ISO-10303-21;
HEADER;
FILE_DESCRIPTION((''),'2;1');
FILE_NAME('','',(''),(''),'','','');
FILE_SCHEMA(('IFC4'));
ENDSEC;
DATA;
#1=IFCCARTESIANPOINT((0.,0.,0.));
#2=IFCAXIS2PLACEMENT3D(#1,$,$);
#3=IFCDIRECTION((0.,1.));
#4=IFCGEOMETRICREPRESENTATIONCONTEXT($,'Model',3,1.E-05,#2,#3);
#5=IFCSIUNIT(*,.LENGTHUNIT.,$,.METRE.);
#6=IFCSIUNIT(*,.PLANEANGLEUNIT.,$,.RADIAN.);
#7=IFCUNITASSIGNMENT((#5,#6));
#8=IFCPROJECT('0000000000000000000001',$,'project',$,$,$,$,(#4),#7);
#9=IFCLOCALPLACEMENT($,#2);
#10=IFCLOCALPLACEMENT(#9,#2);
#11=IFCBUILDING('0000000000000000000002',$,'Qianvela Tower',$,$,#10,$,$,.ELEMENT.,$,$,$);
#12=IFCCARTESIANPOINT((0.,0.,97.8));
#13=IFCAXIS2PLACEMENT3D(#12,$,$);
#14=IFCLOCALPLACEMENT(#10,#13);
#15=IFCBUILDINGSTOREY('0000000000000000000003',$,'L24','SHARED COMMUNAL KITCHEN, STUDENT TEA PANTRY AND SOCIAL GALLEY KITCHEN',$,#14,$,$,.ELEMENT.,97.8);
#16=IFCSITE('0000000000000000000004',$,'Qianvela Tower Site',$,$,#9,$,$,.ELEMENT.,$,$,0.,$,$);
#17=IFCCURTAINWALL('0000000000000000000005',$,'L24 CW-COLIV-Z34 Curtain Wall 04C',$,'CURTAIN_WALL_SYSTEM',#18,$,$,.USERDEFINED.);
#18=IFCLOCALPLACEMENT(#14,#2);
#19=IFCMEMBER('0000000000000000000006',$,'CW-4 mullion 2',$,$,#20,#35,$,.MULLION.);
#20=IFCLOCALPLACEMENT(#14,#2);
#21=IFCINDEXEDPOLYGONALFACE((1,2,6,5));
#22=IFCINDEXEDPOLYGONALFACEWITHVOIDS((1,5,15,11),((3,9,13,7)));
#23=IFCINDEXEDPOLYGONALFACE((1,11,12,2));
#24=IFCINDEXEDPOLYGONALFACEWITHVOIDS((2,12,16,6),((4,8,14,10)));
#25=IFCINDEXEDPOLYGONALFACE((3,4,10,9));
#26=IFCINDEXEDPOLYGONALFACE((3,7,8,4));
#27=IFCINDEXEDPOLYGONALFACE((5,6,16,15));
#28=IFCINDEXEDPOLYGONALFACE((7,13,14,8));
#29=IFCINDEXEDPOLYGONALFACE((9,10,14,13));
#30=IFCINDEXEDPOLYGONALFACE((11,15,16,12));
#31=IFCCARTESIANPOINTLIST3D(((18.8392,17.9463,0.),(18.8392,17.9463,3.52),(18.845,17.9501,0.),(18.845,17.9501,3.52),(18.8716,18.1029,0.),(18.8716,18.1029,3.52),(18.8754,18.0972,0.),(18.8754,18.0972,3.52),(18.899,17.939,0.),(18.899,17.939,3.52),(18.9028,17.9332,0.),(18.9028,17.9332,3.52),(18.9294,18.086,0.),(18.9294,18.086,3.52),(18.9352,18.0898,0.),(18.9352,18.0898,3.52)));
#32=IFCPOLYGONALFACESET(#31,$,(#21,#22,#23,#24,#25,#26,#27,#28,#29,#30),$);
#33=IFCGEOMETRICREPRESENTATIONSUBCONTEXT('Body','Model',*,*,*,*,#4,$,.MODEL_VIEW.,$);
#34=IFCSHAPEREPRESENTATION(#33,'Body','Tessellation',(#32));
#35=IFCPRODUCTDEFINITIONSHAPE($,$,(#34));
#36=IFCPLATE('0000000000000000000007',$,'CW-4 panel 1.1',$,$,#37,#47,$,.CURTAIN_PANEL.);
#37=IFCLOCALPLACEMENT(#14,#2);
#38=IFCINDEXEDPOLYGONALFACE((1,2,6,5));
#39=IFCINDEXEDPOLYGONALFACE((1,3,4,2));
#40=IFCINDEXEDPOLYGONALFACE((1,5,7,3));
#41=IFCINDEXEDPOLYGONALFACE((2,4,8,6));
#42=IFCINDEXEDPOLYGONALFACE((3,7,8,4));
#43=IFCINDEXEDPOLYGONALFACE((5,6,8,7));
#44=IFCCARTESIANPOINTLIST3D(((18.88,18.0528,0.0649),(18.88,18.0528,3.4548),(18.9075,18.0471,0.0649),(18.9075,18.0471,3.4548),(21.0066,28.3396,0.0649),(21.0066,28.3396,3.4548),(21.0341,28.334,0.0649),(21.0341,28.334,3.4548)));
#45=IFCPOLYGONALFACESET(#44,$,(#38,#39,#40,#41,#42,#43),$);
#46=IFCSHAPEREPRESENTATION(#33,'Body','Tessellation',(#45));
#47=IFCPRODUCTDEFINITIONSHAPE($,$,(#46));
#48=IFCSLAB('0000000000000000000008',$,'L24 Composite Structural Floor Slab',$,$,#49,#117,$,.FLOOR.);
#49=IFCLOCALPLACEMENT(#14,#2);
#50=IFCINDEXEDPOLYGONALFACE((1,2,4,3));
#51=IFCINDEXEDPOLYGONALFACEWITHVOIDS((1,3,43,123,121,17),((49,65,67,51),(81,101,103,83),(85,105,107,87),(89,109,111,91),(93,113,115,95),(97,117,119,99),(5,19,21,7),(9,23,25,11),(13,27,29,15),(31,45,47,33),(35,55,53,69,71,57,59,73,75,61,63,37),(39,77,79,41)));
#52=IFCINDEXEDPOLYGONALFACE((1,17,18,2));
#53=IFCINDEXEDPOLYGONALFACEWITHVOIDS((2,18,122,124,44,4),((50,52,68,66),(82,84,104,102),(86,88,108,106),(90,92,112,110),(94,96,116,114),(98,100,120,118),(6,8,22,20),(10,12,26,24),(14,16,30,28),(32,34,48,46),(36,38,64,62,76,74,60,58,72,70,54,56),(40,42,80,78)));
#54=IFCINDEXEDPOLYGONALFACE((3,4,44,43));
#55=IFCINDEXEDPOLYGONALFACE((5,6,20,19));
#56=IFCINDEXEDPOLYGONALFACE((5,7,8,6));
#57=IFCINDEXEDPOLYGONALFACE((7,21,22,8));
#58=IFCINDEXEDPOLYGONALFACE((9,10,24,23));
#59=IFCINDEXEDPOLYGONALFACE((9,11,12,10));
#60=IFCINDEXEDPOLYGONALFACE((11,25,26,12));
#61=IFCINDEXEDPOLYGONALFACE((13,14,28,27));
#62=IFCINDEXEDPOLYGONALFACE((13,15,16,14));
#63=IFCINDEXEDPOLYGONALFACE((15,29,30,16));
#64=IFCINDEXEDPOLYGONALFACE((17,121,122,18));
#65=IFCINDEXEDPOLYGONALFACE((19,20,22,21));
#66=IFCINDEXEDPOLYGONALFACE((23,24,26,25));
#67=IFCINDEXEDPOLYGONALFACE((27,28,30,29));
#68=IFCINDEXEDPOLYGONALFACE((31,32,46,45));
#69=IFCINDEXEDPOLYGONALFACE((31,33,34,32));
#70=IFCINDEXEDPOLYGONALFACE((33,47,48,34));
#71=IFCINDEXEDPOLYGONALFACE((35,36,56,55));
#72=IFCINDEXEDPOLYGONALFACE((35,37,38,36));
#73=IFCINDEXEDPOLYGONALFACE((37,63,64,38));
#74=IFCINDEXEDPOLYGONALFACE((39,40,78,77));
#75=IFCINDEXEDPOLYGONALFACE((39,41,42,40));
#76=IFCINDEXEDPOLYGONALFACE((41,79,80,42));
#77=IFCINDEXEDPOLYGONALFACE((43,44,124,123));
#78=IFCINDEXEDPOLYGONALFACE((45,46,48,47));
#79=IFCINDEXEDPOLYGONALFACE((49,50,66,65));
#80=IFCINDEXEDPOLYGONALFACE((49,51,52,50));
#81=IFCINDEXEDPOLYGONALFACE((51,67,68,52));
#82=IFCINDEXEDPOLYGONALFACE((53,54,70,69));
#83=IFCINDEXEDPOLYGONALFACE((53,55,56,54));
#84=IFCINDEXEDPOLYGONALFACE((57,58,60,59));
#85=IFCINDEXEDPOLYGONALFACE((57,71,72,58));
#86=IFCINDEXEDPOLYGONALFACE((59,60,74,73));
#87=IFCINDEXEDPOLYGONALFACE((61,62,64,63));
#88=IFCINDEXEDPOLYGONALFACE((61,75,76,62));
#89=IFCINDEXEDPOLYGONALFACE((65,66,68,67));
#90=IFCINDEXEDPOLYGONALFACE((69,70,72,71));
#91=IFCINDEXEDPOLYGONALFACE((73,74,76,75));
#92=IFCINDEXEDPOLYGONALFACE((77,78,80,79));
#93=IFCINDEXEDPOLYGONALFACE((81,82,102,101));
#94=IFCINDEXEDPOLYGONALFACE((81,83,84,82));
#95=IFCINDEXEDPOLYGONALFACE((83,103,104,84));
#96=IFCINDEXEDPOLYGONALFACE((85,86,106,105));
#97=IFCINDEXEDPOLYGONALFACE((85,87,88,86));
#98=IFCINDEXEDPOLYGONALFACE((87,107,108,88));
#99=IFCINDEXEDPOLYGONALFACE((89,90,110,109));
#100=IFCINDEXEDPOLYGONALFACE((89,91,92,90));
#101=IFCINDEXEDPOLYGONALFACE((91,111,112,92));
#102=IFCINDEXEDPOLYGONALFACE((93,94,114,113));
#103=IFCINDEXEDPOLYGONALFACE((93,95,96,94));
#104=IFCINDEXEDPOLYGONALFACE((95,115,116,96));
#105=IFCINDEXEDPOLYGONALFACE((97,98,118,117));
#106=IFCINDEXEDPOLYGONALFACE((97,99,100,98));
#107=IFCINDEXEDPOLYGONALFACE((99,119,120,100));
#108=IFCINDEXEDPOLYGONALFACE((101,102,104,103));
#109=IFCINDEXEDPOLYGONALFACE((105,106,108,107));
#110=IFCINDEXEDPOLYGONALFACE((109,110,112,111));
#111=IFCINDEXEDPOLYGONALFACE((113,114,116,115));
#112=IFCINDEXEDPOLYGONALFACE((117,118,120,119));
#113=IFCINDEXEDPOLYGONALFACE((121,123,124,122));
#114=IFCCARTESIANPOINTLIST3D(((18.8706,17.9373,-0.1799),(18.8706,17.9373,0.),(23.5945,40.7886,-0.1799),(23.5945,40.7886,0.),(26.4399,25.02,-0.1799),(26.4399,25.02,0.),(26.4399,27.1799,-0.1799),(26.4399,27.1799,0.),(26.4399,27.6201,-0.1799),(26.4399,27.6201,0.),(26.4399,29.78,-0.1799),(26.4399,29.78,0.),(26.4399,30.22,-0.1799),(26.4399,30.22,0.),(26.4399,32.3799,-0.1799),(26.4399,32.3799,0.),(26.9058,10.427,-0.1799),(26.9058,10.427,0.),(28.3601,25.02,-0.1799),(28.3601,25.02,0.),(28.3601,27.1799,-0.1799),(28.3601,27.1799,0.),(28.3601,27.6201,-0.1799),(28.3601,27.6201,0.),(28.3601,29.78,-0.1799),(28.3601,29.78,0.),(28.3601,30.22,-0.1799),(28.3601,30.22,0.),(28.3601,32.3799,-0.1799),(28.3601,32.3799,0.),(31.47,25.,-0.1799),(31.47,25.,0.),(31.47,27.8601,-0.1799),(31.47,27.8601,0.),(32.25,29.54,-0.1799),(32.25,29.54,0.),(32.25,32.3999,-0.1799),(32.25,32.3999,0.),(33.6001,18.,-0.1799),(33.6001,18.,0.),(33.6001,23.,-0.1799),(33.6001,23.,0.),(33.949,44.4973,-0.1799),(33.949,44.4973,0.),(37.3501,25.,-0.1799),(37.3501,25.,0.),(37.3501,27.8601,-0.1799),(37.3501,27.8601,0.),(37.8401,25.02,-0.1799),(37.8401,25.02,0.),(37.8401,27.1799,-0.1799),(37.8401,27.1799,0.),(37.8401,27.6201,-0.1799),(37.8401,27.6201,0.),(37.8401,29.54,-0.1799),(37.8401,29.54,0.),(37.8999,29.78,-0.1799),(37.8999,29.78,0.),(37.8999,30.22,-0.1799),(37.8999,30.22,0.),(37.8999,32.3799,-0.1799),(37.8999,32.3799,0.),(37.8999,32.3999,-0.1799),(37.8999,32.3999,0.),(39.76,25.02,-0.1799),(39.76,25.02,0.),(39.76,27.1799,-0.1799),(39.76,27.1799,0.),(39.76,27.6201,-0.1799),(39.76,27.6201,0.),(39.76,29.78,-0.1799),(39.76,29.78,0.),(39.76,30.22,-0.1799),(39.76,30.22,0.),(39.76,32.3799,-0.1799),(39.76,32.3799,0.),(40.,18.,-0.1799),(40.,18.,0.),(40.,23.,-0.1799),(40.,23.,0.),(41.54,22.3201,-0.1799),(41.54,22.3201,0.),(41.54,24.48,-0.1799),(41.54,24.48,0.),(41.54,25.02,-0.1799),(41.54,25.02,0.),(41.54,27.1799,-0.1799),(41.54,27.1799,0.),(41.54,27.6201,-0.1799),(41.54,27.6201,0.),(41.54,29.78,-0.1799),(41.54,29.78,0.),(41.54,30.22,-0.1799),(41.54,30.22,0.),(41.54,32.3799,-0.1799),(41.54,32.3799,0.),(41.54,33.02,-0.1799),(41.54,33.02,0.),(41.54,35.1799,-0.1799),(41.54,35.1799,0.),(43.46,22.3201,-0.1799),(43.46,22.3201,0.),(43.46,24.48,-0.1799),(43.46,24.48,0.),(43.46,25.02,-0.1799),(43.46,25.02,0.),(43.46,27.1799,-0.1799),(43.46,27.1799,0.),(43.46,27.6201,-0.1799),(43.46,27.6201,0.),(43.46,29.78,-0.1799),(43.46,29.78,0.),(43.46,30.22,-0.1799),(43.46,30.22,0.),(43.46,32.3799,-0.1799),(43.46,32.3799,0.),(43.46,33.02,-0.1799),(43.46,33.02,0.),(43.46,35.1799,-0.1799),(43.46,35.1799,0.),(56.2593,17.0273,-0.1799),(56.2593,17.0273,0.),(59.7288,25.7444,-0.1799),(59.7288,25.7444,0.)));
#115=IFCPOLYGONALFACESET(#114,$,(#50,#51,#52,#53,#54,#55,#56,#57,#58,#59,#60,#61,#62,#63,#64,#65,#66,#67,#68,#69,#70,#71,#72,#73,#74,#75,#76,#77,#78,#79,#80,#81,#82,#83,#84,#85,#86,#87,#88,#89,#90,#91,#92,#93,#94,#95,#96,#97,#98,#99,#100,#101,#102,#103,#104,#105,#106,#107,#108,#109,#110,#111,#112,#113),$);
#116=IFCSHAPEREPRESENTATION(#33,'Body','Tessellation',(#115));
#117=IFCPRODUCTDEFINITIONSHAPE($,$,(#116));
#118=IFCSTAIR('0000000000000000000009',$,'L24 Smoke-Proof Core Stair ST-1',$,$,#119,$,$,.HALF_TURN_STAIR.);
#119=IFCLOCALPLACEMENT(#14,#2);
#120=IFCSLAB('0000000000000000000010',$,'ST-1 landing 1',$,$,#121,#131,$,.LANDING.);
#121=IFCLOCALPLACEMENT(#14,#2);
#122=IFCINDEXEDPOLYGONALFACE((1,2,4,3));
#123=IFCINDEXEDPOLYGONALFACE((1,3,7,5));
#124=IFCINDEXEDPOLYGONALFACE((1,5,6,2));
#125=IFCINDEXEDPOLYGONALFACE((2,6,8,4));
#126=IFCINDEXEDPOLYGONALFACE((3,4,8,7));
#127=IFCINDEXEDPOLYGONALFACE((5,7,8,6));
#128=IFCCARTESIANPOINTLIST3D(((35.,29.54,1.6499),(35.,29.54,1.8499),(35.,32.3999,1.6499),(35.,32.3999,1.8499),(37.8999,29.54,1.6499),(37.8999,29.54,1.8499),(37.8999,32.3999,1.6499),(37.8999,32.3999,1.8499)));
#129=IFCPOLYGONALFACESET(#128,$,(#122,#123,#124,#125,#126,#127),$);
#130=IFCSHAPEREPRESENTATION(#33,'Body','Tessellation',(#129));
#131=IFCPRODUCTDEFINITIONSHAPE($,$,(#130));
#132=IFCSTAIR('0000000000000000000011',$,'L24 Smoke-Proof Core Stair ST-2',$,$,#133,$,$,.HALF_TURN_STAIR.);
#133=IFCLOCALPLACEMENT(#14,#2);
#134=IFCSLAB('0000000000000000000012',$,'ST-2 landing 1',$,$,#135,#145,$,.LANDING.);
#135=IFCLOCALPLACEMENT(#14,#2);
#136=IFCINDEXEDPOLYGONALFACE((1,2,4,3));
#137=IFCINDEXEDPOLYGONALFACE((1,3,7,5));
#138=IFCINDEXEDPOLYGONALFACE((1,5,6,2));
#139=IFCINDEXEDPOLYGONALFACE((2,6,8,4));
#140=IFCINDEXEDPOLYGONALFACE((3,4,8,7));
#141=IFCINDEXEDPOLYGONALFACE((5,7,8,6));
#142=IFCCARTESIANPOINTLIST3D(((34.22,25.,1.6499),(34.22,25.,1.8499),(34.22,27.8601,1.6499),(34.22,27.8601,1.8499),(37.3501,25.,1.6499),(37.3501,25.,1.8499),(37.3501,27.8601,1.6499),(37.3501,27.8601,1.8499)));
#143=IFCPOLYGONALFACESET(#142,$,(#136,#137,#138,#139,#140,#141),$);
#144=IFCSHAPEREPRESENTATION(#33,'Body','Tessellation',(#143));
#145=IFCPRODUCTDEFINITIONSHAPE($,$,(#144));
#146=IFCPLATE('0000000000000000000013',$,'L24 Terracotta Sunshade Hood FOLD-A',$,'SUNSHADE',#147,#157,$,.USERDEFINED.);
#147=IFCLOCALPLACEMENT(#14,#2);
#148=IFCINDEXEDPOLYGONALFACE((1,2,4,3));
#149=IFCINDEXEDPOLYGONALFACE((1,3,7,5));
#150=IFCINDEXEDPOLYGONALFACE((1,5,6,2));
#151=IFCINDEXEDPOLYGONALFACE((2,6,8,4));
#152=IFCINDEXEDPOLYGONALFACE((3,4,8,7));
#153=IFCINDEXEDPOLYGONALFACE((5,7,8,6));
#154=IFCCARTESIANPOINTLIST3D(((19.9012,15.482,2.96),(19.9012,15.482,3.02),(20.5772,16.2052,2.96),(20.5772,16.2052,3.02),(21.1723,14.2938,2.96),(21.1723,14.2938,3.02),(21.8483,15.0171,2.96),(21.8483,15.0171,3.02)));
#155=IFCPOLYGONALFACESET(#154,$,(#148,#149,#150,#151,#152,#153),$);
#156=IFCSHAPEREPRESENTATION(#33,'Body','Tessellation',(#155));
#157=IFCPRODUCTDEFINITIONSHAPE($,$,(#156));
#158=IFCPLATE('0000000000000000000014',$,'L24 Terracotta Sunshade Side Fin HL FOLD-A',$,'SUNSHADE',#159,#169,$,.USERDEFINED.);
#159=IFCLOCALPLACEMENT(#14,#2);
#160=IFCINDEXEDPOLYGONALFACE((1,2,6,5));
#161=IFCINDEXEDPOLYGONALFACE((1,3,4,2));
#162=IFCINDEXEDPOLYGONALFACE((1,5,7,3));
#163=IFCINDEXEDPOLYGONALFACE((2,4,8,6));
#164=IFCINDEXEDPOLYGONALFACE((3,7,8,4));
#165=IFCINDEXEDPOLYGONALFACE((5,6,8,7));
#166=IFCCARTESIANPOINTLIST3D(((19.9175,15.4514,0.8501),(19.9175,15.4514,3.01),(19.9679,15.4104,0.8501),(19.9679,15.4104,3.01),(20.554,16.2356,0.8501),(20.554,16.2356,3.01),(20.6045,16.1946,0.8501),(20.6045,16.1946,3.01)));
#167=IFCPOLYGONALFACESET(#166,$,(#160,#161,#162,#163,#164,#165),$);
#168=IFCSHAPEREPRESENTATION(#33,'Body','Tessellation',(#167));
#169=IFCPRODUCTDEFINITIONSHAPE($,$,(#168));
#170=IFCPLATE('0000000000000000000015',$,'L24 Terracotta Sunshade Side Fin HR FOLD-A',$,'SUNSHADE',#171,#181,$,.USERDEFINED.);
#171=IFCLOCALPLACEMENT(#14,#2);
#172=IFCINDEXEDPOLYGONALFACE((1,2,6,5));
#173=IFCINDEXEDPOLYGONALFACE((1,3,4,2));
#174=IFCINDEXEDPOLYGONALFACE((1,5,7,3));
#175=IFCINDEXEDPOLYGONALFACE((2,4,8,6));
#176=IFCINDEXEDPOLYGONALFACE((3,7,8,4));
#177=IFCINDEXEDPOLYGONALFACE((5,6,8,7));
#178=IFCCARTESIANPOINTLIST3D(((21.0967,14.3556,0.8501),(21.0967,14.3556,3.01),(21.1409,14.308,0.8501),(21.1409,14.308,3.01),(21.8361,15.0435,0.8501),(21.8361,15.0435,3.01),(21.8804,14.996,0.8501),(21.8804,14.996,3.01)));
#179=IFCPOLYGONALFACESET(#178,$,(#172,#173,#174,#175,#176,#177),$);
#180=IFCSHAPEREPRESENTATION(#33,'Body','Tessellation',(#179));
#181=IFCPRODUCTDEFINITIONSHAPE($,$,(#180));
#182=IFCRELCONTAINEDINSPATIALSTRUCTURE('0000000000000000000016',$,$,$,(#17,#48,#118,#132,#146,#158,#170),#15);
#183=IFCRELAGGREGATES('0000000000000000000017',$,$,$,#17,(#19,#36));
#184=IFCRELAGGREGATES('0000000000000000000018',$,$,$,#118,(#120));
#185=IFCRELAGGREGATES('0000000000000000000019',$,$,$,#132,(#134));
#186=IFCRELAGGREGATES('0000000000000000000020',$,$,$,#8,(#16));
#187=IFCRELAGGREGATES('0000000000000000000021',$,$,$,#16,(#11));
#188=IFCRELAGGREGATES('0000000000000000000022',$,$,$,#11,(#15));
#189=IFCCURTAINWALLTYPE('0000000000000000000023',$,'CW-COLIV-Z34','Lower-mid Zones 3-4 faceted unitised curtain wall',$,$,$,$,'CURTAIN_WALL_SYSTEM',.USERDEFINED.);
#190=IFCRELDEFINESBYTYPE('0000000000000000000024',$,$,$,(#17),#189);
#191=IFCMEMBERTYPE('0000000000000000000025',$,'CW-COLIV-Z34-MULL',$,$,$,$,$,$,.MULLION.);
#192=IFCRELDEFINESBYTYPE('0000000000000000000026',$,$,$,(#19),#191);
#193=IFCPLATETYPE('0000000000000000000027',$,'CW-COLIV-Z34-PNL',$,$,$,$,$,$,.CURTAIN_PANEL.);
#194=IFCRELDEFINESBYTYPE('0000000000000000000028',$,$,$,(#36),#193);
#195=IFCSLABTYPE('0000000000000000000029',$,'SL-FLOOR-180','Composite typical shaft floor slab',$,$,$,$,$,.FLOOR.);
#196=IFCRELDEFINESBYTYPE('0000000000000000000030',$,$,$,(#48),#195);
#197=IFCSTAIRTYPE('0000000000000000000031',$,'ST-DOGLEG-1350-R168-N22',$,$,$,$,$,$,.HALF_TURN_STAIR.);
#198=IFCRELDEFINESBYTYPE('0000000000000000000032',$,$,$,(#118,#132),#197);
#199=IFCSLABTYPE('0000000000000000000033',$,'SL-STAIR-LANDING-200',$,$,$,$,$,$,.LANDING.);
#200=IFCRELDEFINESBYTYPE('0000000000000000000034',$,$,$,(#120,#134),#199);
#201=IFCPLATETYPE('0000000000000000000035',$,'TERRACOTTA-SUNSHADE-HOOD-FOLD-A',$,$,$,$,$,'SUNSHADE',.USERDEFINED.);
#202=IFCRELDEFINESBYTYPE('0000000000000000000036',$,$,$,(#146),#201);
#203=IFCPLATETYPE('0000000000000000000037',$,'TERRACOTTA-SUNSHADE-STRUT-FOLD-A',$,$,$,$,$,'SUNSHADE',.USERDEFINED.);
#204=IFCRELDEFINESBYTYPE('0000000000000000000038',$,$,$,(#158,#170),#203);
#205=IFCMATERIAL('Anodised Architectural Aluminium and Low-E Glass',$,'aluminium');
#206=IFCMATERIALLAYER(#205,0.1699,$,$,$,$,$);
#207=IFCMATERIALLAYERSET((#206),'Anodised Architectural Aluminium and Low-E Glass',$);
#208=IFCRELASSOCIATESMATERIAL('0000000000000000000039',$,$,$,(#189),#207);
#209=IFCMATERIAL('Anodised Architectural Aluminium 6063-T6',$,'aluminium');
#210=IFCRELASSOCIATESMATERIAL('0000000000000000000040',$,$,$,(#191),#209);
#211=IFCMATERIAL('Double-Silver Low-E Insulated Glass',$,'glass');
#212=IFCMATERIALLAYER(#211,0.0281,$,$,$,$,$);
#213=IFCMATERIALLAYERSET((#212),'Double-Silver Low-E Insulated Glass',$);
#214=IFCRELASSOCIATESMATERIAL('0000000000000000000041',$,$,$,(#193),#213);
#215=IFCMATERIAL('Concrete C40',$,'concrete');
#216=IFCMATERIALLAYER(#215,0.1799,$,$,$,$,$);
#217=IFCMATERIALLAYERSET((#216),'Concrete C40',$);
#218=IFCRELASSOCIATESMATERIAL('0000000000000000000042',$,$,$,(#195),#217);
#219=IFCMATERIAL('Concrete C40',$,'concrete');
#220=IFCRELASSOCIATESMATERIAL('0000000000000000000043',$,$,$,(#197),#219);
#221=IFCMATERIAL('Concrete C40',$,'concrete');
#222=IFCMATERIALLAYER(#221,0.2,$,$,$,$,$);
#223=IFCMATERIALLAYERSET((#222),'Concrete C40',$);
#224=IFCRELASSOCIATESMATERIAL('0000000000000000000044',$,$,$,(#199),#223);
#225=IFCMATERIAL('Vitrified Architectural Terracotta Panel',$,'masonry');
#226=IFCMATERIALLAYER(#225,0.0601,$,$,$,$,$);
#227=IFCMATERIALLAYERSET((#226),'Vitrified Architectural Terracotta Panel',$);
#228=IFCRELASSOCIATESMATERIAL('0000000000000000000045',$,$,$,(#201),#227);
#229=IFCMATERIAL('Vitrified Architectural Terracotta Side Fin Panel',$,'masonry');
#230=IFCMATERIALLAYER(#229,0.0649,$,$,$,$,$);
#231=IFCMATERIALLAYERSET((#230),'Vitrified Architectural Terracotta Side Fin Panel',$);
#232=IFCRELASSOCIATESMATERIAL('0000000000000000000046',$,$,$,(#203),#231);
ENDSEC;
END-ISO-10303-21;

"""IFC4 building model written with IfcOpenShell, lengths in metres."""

from ifc_helpers import new_model, si_unit, direction, frame, origin, origin_2d, place, context, subcontext, project, spatial, polyline, rectangle, hollow_rectangle, outline, extrude, material, layer, layer_set, material_profile, profile_set, type_object, element, aggregate, save


model = new_model("IFC4")

# Units and contexts
model_context = context("Model", 3, precision=1e-05, world=origin(), true_north=direction((0.0, 1.0)))
body_context = subcontext(model_context, "Body", "Model", "MODEL_VIEW")
ifc_project = project(units=[si_unit("LENGTHUNIT", "METRE"), si_unit("PLANEANGLEUNIT", "RADIAN")], contexts=[model_context])

# Site, building, storey
site_placement = place(None, origin())
site = spatial("IfcSite", under=ifc_project, at=site_placement, Name="Qianvela Tower Site", CompositionType="ELEMENT", RefElevation=0.0)
building_placement = place(site_placement, origin())
building = spatial("IfcBuilding", under=site, at=building_placement, Name="Qianvela Tower", CompositionType="ELEMENT")
storey_placement = place(building_placement, frame((0.0, 0.0, 97.8)))
storey = spatial("IfcBuildingStorey", under=building, at=storey_placement, Name="L24", Description="SHARED COMMUNAL KITCHEN, STUDENT TEA PANTRY AND SOCIAL GALLEY KITCHEN", CompositionType="ELEMENT", Elevation=97.8)

# Curtain wall, member, plate
ifc_material_1 = material(Name="Anodised Architectural Aluminium and Low-E Glass", Category="aluminium")
ifc_layer_1 = layer(ifc_material_1, 0.1699)
ifc_layer_set_1 = layer_set([ifc_layer_1], Name="Anodised Architectural Aluminium and Low-E Glass")
curtain_wall_type = type_object("IfcCurtainWallType", Name="CW-COLIV-Z34", Description="Lower-mid Zones 3-4 faceted unitised curtain wall", ElementType="CURTAIN_WALL_SYSTEM", PredefinedType="USERDEFINED", material=ifc_layer_set_1)
curtain_wall_placement = place(storey_placement, origin())
curtain_wall = element("IfcCurtainWall", 1, at=curtain_wall_placement, inside=storey, type_object=curtain_wall_type, Name="L24 CW-COLIV-Z34 Curtain Wall 04C", ObjectType="CURTAIN_WALL_SYSTEM", PredefinedType="USERDEFINED")
ifc_material_2 = material(Name="Anodised Architectural Aluminium 6063-T6", Category="aluminium")
ifc_material_profile = material_profile(ifc_material_2, hollow_rectangle(XDim=0.0649, YDim=0.1599, WallThickness=0.0049, at=origin_2d()), Name="ALU-MULL-65x160")
ifc_profile_set = profile_set([ifc_material_profile], Name="Anodised Architectural Aluminium 6063-T6")
member_type = type_object("IfcMemberType", Name="CW-COLIV-Z34-MULL", PredefinedType="MULLION", material=ifc_profile_set)
member_placement = place(storey_placement, frame((18.8872, 18.0181, 0.0), z_axis=(0.0, 0.0, 1.0), x_axis=(0.979293, -0.202447, 0.0)))
member = element("IfcMember", 2, at=member_placement, type_object=member_type, Name="CW-4 mullion 2", PredefinedType="MULLION", context=body_context, shape_type="SweptSolid", body=[
    extrude(hollow_rectangle(XDim=0.0649, YDim=0.1599, WallThickness=0.0049, at=origin_2d()), origin(), (0.0, 0.0, 1.0), 3.52),
])
ifc_material_3 = material(Name="Double-Silver Low-E Insulated Glass", Category="glass")
ifc_layer_2 = layer(ifc_material_3, 0.0281)
ifc_layer_set_2 = layer_set([ifc_layer_2], Name="Double-Silver Low-E Insulated Glass")
plate_type_1 = type_object("IfcPlateType", Name="CW-COLIV-Z34-PNL", PredefinedType="CURTAIN_PANEL", material=ifc_layer_set_2)
plate_1_placement = place(storey_placement, frame((19.957, 23.1934, 0.0649), z_axis=(0.0, 0.0, 1.0), x_axis=(-0.202447, -0.979293, 0.0)))
plate_1 = element("IfcPlate", 3, at=plate_1_placement, type_object=plate_type_1, Name="CW-4 panel 1.1", PredefinedType="CURTAIN_PANEL", context=body_context, shape_type="SweptSolid", body=[
    extrude(rectangle(XDim=10.5044, YDim=0.0281, at=origin_2d()), origin(), (0.0, 0.0, 1.0), 3.3899),
])
aggregate(curtain_wall, [member, plate_1])

# Slab
ifc_material_4 = material(Name="Concrete C40", Category="concrete")
ifc_layer_3 = layer(ifc_material_4, 0.1799)
ifc_layer_set_3 = layer_set([ifc_layer_3], Name="Concrete C40")
slab_type_1 = type_object("IfcSlabType", Name="SL-FLOOR-180", Description="Composite typical shaft floor slab", PredefinedType="FLOOR", material=ifc_layer_set_3)
slab_1_placement = place(storey_placement, frame((0.0, 0.0, -0.1799)))
element("IfcSlab", 4, at=slab_1_placement, inside=storey, type_object=slab_type_1, Name="L24 Composite Structural Floor Slab", PredefinedType="FLOOR", context=body_context, shape_type="SweptSolid", body=[
    extrude(outline(polyline([(56.2593, 17.0273), (59.7288, 25.7444), (33.949, 44.4973), (23.5945, 40.7886), (18.8706, 17.9373), (26.9058, 10.427), (56.2593, 17.0273)]), holes=[polyline([(40.0, 23.0), (33.6001, 23.0), (33.6001, 18.0), (40.0, 18.0), (40.0, 23.0)]), polyline([(28.3601, 25.02), (28.3601, 27.1799), (26.4399, 27.1799), (26.4399, 25.02), (28.3601, 25.02)]), polyline([(37.3501, 25.0), (37.3501, 27.8601), (31.47, 27.8601), (31.47, 25.0), (37.3501, 25.0)]), polyline([(28.3601, 27.6201), (28.3601, 29.78), (26.4399, 29.78), (26.4399, 27.6201), (28.3601, 27.6201)]), polyline([(37.8999, 32.3799), (37.8999, 32.3999), (32.25, 32.3999), (32.25, 29.54), (37.8401, 29.54), (37.8401, 27.6201), (39.76, 27.6201), (39.76, 29.78), (37.8999, 29.78), (37.8999, 30.22), (39.76, 30.22), (39.76, 32.3799), (37.8999, 32.3799)]), polyline([(28.3601, 30.22), (28.3601, 32.3799), (26.4399, 32.3799), (26.4399, 30.22), (28.3601, 30.22)]), polyline([(43.46, 24.48), (41.54, 24.48), (41.54, 22.3201), (43.46, 22.3201), (43.46, 24.48)]), polyline([(39.76, 25.02), (39.76, 27.1799), (37.8401, 27.1799), (37.8401, 25.02), (39.76, 25.02)]), polyline([(43.46, 25.02), (43.46, 27.1799), (41.54, 27.1799), (41.54, 25.02), (43.46, 25.02)]), polyline([(43.46, 27.6201), (43.46, 29.78), (41.54, 29.78), (41.54, 27.6201), (43.46, 27.6201)]), polyline([(43.46, 30.22), (43.46, 32.3799), (41.54, 32.3799), (41.54, 30.22), (43.46, 30.22)]), polyline([(43.46, 33.02), (43.46, 35.1799), (41.54, 35.1799), (41.54, 33.02), (43.46, 33.02)])]), origin(), (0.0, 0.0, 1.0), 0.1799),
])

# Stairs, slabs
ifc_material_5 = material(Name="Concrete C40", Category="concrete")
stair_type = type_object("IfcStairType", Name="ST-DOGLEG-1350-R168-N22", PredefinedType="HALF_TURN_STAIR", material=ifc_material_5)
stair_1_placement = place(storey_placement, origin())
stair_1 = element("IfcStair", 5, at=stair_1_placement, inside=storey, type_object=stair_type, Name="L24 Smoke-Proof Core Stair ST-1", PredefinedType="HALF_TURN_STAIR")
ifc_material_6 = material(Name="Concrete C40", Category="concrete")
ifc_layer_4 = layer(ifc_material_6, 0.2)
ifc_layer_set_4 = layer_set([ifc_layer_4], Name="Concrete C40")
slab_type_2 = type_object("IfcSlabType", Name="SL-STAIR-LANDING-200", PredefinedType="LANDING", material=ifc_layer_set_4)
slab_2_placement = place(storey_placement, frame((0.0, 0.0, 1.6499)))
slab_2 = element("IfcSlab", 6, at=slab_2_placement, type_object=slab_type_2, Name="ST-1 landing 1", PredefinedType="LANDING", context=body_context, shape_type="SweptSolid", body=[
    extrude(outline(polyline([(35.0, 29.54), (37.8999, 29.54), (37.8999, 32.3999), (35.0, 32.3999), (35.0, 29.54)])), origin(), (0.0, 0.0, 1.0), 0.2),
])
aggregate(stair_1, [slab_2])
stair_2_placement = place(storey_placement, origin())
stair_2 = element("IfcStair", 7, at=stair_2_placement, inside=storey, type_object=stair_type, Name="L24 Smoke-Proof Core Stair ST-2", PredefinedType="HALF_TURN_STAIR")
slab_3_placement = place(storey_placement, frame((0.0, 0.0, 1.6499)))
slab_3 = element("IfcSlab", 8, at=slab_3_placement, type_object=slab_type_2, Name="ST-2 landing 1", PredefinedType="LANDING", context=body_context, shape_type="SweptSolid", body=[
    extrude(outline(polyline([(34.22, 25.0), (37.3501, 25.0), (37.3501, 27.8601), (34.22, 27.8601), (34.22, 25.0)])), origin(), (0.0, 0.0, 1.0), 0.2),
])
aggregate(stair_2, [slab_3])

# Plates
ifc_material_7 = material(Name="Vitrified Architectural Terracotta Panel", Category="masonry")
ifc_layer_5 = layer(ifc_material_7, 0.0601)
ifc_layer_set_5 = layer_set([ifc_layer_5], Name="Vitrified Architectural Terracotta Panel")
plate_type_2 = type_object("IfcPlateType", Name="TERRACOTTA-SUNSHADE-HOOD-FOLD-A", ElementType="SUNSHADE", PredefinedType="USERDEFINED", material=ifc_layer_set_5)
plate_2_placement = place(storey_placement, frame((20.8748, 15.2495, 2.96), z_axis=(0.0, 0.0, 1.0), x_axis=(0.730566, -0.682842, 0.0)))
element("IfcPlate", 9, at=plate_2_placement, inside=storey, type_object=plate_type_2, Name="L24 Terracotta Sunshade Hood FOLD-A", ObjectType="SUNSHADE", PredefinedType="USERDEFINED", context=body_context, shape_type="SweptSolid", body=[
    extrude(rectangle(XDim=1.74, YDim=0.99, at=origin_2d()), origin(), (0.0, 0.0, 1.0), 0.0601),
])
ifc_material_8 = material(Name="Vitrified Architectural Terracotta Side Fin Panel", Category="masonry")
ifc_layer_6 = layer(ifc_material_8, 0.0649)
ifc_layer_set_6 = layer_set([ifc_layer_6], Name="Vitrified Architectural Terracotta Side Fin Panel")
plate_type_3 = type_object("IfcPlateType", Name="TERRACOTTA-SUNSHADE-STRUT-FOLD-A", ElementType="SUNSHADE", PredefinedType="USERDEFINED", material=ifc_layer_set_6)
for number, where, z_axis, x_axis, name in (
    (10, (20.261, 15.823, 0.8501), (0.0, 0.0, 1.0), (0.776419, -0.630217, 0.0), "L24 Terracotta Sunshade Side Fin HL FOLD-A"),
    (11, (21.4885, 14.6758, 0.8501), (0.0, 0.0, 1.0), (0.681154, -0.73214, 0.0), "L24 Terracotta Sunshade Side Fin HR FOLD-A"),
):
    element("IfcPlate", number, at=place(storey_placement, frame(where, z_axis=z_axis, x_axis=x_axis)), inside=storey, type_object=plate_type_3, Name=name, ObjectType="SUNSHADE", PredefinedType="USERDEFINED", context=body_context, shape_type="SweptSolid", body=[
        extrude(rectangle(XDim=0.0649, YDim=1.01, at=origin_2d()), origin(), (0.0, 0.0, 1.0), 2.1599),
    ])

save(model, "model.ifc")
